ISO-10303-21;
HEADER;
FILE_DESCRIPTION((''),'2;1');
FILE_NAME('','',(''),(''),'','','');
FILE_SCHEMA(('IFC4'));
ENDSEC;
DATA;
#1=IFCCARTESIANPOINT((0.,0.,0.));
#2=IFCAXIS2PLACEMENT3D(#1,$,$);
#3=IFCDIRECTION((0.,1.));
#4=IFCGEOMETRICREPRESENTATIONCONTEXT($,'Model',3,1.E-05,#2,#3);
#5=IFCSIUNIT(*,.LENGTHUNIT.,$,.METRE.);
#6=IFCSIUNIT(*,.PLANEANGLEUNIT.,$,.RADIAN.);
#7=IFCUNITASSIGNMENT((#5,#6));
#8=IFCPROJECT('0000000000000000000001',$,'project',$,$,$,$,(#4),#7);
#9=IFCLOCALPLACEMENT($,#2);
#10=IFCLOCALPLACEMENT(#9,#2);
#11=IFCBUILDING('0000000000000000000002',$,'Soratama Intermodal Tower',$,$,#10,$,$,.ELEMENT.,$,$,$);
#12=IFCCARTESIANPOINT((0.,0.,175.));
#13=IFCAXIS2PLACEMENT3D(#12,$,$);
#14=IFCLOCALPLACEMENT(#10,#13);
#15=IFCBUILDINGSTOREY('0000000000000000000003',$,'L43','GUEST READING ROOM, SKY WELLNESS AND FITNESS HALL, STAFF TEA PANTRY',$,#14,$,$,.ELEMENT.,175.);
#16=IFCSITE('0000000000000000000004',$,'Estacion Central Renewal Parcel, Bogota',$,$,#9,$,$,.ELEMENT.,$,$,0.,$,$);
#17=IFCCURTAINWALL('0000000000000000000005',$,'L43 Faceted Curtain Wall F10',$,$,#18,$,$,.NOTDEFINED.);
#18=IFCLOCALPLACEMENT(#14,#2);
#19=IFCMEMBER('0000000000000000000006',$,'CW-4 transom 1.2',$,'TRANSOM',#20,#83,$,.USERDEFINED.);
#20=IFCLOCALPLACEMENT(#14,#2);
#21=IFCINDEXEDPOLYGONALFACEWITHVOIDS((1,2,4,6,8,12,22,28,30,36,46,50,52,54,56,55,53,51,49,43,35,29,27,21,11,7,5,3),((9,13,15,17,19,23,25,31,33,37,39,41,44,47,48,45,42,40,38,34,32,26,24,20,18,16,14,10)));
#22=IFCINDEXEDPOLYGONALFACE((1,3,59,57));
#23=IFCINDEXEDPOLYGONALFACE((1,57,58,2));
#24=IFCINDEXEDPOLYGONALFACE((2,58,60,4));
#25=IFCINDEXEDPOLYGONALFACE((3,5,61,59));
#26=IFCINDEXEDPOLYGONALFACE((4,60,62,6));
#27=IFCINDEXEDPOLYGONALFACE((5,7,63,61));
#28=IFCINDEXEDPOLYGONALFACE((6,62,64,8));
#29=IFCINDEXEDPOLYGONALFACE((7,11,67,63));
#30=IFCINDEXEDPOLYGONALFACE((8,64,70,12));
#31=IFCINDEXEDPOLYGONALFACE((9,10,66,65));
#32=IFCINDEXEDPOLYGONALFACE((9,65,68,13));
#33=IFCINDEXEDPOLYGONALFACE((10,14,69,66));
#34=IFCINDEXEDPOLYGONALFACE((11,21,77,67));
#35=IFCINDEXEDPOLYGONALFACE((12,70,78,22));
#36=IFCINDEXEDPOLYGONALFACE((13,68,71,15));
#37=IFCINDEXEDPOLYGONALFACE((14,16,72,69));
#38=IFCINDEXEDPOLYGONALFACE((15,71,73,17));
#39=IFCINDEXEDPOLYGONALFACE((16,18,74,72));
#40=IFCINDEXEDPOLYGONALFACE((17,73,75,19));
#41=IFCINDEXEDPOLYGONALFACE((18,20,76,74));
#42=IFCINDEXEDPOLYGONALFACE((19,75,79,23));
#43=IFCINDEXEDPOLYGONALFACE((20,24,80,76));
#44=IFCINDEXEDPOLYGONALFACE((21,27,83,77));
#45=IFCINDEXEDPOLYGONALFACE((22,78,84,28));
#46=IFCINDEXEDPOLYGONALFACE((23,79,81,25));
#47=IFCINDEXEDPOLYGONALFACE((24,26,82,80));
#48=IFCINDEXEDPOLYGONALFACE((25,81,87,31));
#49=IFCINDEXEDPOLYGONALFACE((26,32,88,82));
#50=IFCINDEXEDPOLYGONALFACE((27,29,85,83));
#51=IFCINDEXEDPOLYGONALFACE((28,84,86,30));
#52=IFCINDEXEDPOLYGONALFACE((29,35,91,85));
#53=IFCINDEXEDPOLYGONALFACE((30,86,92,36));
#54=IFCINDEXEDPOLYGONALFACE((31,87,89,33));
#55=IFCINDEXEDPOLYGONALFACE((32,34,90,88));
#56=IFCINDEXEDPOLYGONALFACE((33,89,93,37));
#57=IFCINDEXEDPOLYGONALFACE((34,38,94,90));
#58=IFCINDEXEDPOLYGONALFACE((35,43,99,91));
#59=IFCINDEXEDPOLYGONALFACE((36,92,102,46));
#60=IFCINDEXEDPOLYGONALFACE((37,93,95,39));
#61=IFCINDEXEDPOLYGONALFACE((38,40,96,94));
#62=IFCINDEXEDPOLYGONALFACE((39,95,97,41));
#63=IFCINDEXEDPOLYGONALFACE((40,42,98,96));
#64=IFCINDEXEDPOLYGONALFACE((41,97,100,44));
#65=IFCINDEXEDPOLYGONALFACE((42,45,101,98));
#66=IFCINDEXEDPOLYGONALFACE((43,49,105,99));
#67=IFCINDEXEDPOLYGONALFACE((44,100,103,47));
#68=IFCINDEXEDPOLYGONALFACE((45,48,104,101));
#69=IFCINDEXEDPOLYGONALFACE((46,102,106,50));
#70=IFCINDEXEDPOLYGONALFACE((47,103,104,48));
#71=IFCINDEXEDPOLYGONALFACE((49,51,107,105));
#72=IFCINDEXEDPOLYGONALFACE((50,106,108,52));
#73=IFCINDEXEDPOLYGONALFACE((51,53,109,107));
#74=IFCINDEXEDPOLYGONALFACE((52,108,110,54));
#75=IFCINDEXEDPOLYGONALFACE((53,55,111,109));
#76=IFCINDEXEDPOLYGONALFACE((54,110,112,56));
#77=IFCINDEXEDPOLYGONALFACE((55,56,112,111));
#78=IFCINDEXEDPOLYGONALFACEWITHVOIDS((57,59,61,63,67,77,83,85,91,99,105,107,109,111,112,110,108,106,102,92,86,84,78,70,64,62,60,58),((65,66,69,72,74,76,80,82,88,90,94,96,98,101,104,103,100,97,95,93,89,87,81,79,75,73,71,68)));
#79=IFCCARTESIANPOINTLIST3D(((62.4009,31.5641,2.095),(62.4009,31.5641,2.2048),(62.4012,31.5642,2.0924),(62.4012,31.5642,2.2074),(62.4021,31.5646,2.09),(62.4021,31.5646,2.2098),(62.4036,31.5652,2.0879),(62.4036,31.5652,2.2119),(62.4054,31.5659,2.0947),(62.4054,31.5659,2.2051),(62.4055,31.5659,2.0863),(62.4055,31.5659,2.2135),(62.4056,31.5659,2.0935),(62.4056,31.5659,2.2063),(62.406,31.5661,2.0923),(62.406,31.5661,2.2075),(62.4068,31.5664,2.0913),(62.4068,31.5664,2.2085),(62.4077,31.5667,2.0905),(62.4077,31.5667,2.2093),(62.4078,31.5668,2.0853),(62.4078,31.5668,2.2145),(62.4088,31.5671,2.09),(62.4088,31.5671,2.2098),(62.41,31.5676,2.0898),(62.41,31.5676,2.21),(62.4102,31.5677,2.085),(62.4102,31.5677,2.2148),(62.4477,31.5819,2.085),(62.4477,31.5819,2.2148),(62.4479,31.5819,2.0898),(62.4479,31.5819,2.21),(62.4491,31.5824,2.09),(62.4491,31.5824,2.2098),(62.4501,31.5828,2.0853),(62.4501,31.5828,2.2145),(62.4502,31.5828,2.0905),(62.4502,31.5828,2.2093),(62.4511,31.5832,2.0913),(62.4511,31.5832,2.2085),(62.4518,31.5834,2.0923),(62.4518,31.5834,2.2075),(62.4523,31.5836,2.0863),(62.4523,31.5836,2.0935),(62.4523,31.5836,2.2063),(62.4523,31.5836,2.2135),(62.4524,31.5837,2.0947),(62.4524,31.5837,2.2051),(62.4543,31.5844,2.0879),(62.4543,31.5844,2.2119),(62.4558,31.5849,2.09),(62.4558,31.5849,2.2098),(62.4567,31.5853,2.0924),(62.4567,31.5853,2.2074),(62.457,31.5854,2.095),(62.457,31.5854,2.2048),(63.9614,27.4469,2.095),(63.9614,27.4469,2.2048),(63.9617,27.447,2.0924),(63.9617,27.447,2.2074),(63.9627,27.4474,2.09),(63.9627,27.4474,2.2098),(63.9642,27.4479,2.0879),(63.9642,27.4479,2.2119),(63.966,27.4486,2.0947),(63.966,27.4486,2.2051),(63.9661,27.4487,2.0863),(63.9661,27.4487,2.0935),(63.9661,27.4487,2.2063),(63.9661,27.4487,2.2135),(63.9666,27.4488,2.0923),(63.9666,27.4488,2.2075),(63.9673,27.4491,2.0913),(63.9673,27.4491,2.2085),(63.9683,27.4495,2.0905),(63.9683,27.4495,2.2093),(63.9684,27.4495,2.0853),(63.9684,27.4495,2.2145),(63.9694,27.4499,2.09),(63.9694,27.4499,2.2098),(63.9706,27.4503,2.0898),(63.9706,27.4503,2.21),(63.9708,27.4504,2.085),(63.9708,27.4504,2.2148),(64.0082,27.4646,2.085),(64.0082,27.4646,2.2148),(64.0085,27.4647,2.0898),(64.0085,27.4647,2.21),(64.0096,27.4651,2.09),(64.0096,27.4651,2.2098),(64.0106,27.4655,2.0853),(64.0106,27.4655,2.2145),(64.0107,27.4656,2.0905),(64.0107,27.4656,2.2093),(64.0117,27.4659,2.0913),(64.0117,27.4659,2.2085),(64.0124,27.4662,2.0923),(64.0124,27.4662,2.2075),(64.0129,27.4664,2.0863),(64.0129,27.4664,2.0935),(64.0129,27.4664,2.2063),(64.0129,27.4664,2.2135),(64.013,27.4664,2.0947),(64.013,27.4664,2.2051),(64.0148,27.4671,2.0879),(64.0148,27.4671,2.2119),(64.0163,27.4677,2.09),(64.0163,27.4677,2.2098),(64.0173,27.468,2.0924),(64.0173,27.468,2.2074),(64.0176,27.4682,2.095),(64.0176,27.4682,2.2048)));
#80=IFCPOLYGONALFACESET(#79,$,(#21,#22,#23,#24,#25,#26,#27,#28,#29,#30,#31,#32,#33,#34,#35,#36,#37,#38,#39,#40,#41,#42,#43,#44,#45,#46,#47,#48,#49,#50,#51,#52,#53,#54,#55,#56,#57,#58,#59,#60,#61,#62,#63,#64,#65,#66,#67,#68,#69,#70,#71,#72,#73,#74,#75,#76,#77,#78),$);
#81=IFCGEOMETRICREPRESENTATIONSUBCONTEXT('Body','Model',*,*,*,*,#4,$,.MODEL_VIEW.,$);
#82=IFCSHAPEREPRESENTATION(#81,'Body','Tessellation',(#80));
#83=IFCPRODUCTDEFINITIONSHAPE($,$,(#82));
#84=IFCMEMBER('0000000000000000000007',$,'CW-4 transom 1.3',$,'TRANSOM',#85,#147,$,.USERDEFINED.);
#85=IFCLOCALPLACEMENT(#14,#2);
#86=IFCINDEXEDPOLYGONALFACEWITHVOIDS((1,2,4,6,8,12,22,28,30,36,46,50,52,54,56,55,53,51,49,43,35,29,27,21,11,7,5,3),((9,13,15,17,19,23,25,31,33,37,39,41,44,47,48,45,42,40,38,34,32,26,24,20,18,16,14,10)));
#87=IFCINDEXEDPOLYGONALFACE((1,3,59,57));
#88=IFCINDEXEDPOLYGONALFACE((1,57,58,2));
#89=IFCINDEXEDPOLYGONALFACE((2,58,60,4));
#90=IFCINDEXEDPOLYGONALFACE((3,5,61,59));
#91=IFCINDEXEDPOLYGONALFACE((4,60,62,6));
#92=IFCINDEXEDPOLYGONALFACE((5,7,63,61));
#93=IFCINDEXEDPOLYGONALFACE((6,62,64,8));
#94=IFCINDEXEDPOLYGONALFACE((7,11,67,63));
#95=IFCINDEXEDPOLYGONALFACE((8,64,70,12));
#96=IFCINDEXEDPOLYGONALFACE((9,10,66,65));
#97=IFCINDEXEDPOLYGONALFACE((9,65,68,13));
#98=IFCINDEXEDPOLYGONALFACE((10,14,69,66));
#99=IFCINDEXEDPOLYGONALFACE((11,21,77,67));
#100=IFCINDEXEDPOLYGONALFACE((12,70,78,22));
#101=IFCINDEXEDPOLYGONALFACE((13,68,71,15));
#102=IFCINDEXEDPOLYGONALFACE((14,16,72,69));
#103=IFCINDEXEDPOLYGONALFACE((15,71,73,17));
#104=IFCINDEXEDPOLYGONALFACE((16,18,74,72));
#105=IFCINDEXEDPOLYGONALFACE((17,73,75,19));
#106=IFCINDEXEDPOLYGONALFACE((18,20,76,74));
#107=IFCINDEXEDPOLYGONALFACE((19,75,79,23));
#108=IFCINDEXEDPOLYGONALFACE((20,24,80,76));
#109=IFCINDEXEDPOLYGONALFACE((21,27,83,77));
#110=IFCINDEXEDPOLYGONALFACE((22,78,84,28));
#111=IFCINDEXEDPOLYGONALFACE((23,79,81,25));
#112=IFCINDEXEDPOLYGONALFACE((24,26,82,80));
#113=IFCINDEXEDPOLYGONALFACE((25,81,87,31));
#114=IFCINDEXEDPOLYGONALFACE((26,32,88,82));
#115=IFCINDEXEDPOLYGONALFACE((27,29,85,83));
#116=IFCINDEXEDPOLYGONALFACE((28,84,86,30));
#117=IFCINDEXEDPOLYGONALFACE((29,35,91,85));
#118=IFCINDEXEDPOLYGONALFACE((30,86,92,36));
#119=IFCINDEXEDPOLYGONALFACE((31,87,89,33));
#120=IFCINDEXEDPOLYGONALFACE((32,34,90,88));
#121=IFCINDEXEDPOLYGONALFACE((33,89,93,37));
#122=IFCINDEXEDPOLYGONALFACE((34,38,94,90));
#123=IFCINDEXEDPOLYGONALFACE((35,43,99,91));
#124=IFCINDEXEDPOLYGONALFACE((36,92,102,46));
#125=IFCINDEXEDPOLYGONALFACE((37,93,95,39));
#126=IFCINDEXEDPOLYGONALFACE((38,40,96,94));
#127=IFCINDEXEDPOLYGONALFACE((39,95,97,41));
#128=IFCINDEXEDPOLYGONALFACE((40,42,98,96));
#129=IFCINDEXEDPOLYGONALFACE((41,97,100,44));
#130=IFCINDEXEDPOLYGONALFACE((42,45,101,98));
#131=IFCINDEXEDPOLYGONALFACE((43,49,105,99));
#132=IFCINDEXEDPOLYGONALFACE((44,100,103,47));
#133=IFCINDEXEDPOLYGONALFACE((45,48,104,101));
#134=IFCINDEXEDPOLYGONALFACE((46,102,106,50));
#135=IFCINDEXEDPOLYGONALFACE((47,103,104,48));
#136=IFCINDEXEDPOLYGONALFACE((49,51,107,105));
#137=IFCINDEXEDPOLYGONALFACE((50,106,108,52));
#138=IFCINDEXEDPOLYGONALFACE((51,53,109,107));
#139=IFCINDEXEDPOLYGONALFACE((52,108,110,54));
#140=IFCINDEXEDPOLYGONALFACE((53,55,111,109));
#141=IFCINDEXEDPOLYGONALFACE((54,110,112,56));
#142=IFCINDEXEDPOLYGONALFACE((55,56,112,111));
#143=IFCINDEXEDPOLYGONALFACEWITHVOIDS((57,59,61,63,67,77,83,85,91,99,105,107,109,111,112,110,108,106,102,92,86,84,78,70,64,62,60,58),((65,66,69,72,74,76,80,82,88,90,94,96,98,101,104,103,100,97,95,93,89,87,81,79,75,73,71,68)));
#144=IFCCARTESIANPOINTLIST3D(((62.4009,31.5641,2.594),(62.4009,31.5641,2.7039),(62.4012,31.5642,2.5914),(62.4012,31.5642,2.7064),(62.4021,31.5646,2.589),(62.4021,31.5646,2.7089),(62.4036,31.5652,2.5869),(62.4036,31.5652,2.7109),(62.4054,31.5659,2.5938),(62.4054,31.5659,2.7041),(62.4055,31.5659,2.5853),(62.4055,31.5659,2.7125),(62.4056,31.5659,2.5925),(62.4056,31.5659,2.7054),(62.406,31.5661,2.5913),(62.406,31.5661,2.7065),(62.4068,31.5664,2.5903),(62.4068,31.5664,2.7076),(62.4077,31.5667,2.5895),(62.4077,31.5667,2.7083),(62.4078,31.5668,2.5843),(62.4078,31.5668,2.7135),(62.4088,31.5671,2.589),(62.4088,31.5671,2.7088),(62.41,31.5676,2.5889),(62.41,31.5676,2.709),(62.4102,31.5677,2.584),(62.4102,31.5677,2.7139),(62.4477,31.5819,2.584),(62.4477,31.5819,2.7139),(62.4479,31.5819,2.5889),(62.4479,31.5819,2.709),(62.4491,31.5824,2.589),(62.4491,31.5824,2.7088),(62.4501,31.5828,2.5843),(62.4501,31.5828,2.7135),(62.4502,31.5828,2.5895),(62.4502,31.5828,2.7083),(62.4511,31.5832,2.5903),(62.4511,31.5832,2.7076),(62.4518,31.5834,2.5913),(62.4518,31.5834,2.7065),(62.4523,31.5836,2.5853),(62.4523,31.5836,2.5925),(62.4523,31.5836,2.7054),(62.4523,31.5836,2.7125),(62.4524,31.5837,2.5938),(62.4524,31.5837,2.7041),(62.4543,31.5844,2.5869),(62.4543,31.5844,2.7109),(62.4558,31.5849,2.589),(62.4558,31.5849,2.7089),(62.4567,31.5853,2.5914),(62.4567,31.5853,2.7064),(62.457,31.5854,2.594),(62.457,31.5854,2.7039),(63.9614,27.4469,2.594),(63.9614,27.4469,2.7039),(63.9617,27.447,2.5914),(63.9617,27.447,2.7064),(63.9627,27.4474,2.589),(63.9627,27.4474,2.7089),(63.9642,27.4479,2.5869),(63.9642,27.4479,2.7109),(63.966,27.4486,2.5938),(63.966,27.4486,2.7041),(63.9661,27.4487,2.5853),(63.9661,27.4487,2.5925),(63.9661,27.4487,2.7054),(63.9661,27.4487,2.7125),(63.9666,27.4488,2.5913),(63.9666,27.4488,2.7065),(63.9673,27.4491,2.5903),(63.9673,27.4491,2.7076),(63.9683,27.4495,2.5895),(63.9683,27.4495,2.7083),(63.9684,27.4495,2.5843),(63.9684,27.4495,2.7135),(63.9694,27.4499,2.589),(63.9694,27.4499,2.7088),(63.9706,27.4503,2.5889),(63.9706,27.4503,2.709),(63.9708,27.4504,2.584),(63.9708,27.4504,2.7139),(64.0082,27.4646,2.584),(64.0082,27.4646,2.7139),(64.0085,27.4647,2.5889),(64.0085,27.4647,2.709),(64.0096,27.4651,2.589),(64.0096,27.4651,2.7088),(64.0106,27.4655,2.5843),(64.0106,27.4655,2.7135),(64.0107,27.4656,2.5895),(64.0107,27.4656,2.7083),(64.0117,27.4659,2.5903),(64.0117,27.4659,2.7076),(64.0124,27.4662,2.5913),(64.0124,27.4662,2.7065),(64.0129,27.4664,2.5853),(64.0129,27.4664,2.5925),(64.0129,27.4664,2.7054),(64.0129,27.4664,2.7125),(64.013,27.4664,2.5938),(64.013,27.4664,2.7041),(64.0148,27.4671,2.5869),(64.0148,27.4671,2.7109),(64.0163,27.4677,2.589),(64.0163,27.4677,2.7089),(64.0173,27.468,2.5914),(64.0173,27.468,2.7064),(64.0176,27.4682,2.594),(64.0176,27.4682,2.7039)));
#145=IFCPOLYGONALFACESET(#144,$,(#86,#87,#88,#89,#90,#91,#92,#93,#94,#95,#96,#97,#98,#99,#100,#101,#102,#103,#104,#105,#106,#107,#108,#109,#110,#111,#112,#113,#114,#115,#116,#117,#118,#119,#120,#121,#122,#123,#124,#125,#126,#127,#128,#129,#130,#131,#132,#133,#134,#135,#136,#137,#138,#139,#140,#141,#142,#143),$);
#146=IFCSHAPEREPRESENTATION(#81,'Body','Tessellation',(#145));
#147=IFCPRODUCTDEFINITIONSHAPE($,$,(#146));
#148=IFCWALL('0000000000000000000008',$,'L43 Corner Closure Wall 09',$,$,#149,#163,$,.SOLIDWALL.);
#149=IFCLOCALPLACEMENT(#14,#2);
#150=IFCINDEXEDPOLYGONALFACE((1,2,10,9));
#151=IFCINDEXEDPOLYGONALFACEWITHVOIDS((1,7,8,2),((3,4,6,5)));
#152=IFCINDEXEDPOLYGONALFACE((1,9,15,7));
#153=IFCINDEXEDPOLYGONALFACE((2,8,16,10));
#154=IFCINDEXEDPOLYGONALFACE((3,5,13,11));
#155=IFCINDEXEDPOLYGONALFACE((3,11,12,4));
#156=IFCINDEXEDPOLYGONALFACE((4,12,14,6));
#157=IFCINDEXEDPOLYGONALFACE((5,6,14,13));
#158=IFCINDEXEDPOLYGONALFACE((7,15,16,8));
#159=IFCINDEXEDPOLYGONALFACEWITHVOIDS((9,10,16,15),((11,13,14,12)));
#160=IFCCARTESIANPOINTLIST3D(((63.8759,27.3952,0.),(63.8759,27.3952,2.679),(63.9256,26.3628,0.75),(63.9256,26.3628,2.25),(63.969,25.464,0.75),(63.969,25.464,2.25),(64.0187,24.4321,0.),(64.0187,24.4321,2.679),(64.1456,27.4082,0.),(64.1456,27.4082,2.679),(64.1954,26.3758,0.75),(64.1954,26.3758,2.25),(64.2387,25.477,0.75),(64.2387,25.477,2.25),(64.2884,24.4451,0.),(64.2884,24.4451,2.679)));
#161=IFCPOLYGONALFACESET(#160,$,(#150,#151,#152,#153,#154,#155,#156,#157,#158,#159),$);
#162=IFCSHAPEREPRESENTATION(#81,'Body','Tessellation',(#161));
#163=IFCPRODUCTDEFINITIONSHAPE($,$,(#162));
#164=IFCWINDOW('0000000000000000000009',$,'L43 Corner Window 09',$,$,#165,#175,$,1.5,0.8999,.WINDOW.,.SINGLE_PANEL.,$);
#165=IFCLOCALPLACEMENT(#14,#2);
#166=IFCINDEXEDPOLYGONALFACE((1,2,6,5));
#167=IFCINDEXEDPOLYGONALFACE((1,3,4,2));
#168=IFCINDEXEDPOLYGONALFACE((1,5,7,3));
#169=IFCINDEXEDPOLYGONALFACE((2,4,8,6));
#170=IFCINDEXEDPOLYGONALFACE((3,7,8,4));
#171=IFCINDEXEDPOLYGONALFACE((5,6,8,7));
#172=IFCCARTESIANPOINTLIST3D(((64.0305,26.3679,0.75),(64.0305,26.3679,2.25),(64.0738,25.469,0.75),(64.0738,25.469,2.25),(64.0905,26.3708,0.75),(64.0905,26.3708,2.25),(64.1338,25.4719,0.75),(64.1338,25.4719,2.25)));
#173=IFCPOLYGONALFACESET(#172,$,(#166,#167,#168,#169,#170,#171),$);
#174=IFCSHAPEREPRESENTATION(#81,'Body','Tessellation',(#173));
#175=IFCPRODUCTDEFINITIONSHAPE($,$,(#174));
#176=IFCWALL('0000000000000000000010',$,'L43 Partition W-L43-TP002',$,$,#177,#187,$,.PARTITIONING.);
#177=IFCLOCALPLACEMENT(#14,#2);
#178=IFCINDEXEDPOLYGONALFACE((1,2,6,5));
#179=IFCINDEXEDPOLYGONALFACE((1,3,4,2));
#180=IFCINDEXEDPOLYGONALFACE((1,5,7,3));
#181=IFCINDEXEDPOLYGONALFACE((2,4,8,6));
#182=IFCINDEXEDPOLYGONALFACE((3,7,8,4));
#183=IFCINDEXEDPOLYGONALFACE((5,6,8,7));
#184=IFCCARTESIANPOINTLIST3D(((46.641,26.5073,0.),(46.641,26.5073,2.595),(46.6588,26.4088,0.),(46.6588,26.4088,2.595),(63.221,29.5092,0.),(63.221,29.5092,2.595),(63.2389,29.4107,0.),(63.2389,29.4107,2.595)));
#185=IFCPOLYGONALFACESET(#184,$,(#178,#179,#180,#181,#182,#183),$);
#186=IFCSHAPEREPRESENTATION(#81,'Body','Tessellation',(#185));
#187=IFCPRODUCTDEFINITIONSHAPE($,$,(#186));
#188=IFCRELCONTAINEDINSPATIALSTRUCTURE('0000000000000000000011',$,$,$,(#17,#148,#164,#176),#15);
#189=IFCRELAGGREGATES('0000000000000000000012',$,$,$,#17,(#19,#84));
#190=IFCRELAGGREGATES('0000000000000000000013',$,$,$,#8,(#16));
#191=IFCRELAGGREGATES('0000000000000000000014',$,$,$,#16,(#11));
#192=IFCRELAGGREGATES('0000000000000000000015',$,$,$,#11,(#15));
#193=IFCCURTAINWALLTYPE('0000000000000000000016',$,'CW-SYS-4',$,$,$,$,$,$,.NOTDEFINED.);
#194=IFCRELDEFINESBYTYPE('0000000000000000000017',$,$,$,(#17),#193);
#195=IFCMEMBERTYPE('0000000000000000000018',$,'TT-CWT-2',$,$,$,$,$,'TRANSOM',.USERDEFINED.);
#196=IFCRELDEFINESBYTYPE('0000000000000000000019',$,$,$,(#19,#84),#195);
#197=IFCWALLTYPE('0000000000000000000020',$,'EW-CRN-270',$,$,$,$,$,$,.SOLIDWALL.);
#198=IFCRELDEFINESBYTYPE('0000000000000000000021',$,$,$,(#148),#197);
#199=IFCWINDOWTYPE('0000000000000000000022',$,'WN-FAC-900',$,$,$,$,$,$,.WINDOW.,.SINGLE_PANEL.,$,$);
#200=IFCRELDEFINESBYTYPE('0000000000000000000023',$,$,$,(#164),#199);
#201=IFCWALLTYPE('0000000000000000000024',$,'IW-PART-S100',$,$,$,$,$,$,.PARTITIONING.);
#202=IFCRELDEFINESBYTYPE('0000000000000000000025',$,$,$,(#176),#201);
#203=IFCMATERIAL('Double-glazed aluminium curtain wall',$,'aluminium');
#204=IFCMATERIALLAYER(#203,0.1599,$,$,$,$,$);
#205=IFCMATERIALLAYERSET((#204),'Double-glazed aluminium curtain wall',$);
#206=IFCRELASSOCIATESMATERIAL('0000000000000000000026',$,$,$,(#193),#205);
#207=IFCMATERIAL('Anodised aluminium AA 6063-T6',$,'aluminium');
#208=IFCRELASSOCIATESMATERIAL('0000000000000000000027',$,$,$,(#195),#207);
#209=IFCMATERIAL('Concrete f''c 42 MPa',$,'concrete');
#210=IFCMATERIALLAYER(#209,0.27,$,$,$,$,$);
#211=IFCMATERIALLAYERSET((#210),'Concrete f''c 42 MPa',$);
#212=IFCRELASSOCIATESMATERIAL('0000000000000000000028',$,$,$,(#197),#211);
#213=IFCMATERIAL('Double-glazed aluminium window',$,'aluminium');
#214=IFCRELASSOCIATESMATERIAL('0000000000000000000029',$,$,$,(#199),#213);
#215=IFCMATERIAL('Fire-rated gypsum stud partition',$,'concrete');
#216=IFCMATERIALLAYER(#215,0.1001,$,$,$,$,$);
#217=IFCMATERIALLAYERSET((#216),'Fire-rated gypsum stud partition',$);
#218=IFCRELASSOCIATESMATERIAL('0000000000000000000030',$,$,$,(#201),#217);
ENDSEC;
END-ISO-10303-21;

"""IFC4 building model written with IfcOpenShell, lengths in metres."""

from ifc_helpers import new_model, si_unit, direction, frame, frame_2d, origin, origin_2d, place, context, subcontext, project, spatial, rectangle, hollow_rectangle, extrude, material, layer, layer_set, material_profile, profile_set, type_object, element, fill, aggregate, save


model = new_model("IFC4")

# Units and contexts
model_context = context("Model", 3, precision=1e-05, world=origin(), true_north=direction((0.0, 1.0)))
body_context = subcontext(model_context, "Body", "Model", "MODEL_VIEW")
ifc_project = project(units=[si_unit("LENGTHUNIT", "METRE"), si_unit("PLANEANGLEUNIT", "RADIAN")], contexts=[model_context])

# Site, building, storey
site_placement = place(None, origin())
site = spatial("IfcSite", under=ifc_project, at=site_placement, Name="Estacion Central Renewal Parcel, Bogota", CompositionType="ELEMENT", RefElevation=0.0)
building_placement = place(site_placement, origin())
building = spatial("IfcBuilding", under=site, at=building_placement, Name="Soratama Intermodal Tower", CompositionType="ELEMENT")
storey_placement = place(building_placement, frame((0.0, 0.0, 175.0)))
storey = spatial("IfcBuildingStorey", under=building, at=storey_placement, Name="L43", Description="GUEST READING ROOM, SKY WELLNESS AND FITNESS HALL, STAFF TEA PANTRY", CompositionType="ELEMENT", Elevation=175.0)

# Curtain wall, members
ifc_material_1 = material(Name="Double-glazed aluminium curtain wall", Category="aluminium")
ifc_layer_1 = layer(ifc_material_1, 0.1599)
ifc_layer_set_1 = layer_set([ifc_layer_1], Name="Double-glazed aluminium curtain wall")
curtain_wall_type = type_object("IfcCurtainWallType", Name="CW-SYS-4", PredefinedType="NOTDEFINED", material=ifc_layer_set_1)
curtain_wall_placement = place(storey_placement, origin())
curtain_wall = element("IfcCurtainWall", 1, at=curtain_wall_placement, inside=storey, type_object=curtain_wall_type, Name="L43 Faceted Curtain Wall F10", PredefinedType="NOTDEFINED")
ifc_material_2 = material(Name="Anodised aluminium AA 6063-T6", Category="aluminium")
ifc_material_profile_1 = material_profile(ifc_material_2, hollow_rectangle(XDim=0.0601, YDim=0.1299, WallThickness=0.0049, InnerFilletRadius=0.0049, OuterFilletRadius=0.01, at=origin_2d()), Name="CWT130X60X5")
ifc_profile_set_1 = profile_set([ifc_material_profile_1], Name="Anodised aluminium AA 6063-T6")
member_type_1 = type_object("IfcMemberType", Name="TT-CWT-2", ElementType="TRANSOM", PredefinedType="USERDEFINED", material=ifc_profile_set_1)
member_1_placement = place(storey_placement, frame((63.9895, 27.4575, 2.1499), z_axis=(-0.354427, 0.935084, 0.0), x_axis=(-0.935084, -0.354427, 0.0)))
member_1 = element("IfcMember", 2, at=member_1_placement, type_object=member_type_1, Name="CW-4 transom 1.2", ObjectType="TRANSOM", PredefinedType="USERDEFINED", context=body_context, shape_type="SweptSolid", body=[
    extrude(hollow_rectangle(XDim=0.0601, YDim=0.1299, WallThickness=0.0049, InnerFilletRadius=0.0049, OuterFilletRadius=0.01, at=origin_2d()), origin(), (0.0, 0.0, 1.0), 4.4031),
])
member_2_placement = place(storey_placement, frame((63.9895, 27.4575, 2.6489), z_axis=(-0.354427, 0.935084, 0.0), x_axis=(-0.935084, -0.354427, 0.0)))
member_2 = element("IfcMember", 3, at=member_2_placement, type_object=member_type_1, Name="CW-4 transom 1.3", ObjectType="TRANSOM", PredefinedType="USERDEFINED", context=body_context, shape_type="SweptSolid", body=[
    extrude(hollow_rectangle(XDim=0.0601, YDim=0.1299, WallThickness=0.0049, InnerFilletRadius=0.0049, OuterFilletRadius=0.01, at=origin_2d()), origin(), (0.0, 0.0, 1.0), 4.4031),
])
aggregate(curtain_wall, [member_1, member_2])

# Wall, opening, window
ifc_material_3 = material(Name="Concrete f'c 42 MPa", Category="concrete")
ifc_layer_2 = layer(ifc_material_3, 0.27)
ifc_layer_set_2 = layer_set([ifc_layer_2], Name="Concrete f'c 42 MPa")
wall_type_1 = type_object("IfcWallType", Name="EW-CRN-270", PredefinedType="SOLIDWALL", material=ifc_layer_set_2)
wall_1_placement = place(storey_placement, frame((64.1536, 24.4385, 0.0), z_axis=(0.0, 0.0, 1.0), x_axis=(-0.048144, 0.99884, 0.0)))
wall_1 = element("IfcWall", 4, at=wall_1_placement, inside=storey, type_object=wall_type_1, Name="L43 Corner Closure Wall 09", PredefinedType="SOLIDWALL", context=body_context, shape_type="SweptSolid", body=[
    extrude(rectangle(XDim=2.9666, YDim=0.27, at=frame_2d((1.4834, 0.0))), origin(), (0.0, 0.0, 1.0), 2.679),
])
opening_1_placement = place(wall_1_placement, frame((1.0332, 0.0, 0.75)))
opening_1 = element("IfcOpeningElement", 5, at=opening_1_placement, cuts=wall_1, PredefinedType="OPENING", context=body_context, shape_type="SweptSolid", body=[
    extrude(rectangle(XDim=0.8999, YDim=1.5, at=frame_2d((0.45, 0.75))), frame((0.0, 0.145, 0.0), z_axis=(0.0, -1.0, 0.0), x_axis=(1.0, 0.0, 0.0)), (0.0, 0.0, 1.0), 0.29),
])
ifc_material_4 = material(Name="Double-glazed aluminium window", Category="aluminium")
window_type_1 = type_object("IfcWindowType", Name="WN-FAC-900", PartitioningType="SINGLE_PANEL", PredefinedType="WINDOW", material=ifc_material_4)
window_1_placement = place(opening_1_placement, origin())
window_1 = element("IfcWindow", 6, at=window_1_placement, inside=storey, type_object=window_type_1, Name="L43 Corner Window 09", OverallHeight=1.5, OverallWidth=0.8999, PartitioningType="SINGLE_PANEL", PredefinedType="WINDOW", context=body_context, shape_type="SweptSolid", body=[
    extrude(rectangle(XDim=0.8999, YDim=1.5, at=frame_2d((0.45, 0.75))), frame((0.0, 0.03, 0.0), z_axis=(0.0, -1.0, 0.0), x_axis=(1.0, 0.0, 0.0)), (0.0, 0.0, 1.0), 0.0601),
])
fill(opening_1, window_1)

# Wall
ifc_material_5 = material(Name="Fire-rated gypsum stud partition", Category="concrete")
ifc_layer_3 = layer(ifc_material_5, 0.1001)
ifc_layer_set_3 = layer_set([ifc_layer_3], Name="Fire-rated gypsum stud partition")
wall_type_2 = type_object("IfcWallType", Name="IW-PART-S100", PredefinedType="PARTITIONING", material=ifc_layer_set_3)
wall_2_placement = place(storey_placement, frame((46.6499, 26.458, 0.0), z_axis=(0.0, 0.0, 1.0), x_axis=(0.984001, 0.178161, 0.0)))
element("IfcWall", 7, at=wall_2_placement, inside=storey, type_object=wall_type_2, Name="L43 Partition W-L43-TP002", PredefinedType="PARTITIONING", context=body_context, shape_type="SweptSolid", body=[
    extrude(rectangle(XDim=16.8496, YDim=0.1001, at=frame_2d((8.4248, 0.0))), origin(), (0.0, 0.0, 1.0), 2.595),
])

save(model, "model.ifc")
